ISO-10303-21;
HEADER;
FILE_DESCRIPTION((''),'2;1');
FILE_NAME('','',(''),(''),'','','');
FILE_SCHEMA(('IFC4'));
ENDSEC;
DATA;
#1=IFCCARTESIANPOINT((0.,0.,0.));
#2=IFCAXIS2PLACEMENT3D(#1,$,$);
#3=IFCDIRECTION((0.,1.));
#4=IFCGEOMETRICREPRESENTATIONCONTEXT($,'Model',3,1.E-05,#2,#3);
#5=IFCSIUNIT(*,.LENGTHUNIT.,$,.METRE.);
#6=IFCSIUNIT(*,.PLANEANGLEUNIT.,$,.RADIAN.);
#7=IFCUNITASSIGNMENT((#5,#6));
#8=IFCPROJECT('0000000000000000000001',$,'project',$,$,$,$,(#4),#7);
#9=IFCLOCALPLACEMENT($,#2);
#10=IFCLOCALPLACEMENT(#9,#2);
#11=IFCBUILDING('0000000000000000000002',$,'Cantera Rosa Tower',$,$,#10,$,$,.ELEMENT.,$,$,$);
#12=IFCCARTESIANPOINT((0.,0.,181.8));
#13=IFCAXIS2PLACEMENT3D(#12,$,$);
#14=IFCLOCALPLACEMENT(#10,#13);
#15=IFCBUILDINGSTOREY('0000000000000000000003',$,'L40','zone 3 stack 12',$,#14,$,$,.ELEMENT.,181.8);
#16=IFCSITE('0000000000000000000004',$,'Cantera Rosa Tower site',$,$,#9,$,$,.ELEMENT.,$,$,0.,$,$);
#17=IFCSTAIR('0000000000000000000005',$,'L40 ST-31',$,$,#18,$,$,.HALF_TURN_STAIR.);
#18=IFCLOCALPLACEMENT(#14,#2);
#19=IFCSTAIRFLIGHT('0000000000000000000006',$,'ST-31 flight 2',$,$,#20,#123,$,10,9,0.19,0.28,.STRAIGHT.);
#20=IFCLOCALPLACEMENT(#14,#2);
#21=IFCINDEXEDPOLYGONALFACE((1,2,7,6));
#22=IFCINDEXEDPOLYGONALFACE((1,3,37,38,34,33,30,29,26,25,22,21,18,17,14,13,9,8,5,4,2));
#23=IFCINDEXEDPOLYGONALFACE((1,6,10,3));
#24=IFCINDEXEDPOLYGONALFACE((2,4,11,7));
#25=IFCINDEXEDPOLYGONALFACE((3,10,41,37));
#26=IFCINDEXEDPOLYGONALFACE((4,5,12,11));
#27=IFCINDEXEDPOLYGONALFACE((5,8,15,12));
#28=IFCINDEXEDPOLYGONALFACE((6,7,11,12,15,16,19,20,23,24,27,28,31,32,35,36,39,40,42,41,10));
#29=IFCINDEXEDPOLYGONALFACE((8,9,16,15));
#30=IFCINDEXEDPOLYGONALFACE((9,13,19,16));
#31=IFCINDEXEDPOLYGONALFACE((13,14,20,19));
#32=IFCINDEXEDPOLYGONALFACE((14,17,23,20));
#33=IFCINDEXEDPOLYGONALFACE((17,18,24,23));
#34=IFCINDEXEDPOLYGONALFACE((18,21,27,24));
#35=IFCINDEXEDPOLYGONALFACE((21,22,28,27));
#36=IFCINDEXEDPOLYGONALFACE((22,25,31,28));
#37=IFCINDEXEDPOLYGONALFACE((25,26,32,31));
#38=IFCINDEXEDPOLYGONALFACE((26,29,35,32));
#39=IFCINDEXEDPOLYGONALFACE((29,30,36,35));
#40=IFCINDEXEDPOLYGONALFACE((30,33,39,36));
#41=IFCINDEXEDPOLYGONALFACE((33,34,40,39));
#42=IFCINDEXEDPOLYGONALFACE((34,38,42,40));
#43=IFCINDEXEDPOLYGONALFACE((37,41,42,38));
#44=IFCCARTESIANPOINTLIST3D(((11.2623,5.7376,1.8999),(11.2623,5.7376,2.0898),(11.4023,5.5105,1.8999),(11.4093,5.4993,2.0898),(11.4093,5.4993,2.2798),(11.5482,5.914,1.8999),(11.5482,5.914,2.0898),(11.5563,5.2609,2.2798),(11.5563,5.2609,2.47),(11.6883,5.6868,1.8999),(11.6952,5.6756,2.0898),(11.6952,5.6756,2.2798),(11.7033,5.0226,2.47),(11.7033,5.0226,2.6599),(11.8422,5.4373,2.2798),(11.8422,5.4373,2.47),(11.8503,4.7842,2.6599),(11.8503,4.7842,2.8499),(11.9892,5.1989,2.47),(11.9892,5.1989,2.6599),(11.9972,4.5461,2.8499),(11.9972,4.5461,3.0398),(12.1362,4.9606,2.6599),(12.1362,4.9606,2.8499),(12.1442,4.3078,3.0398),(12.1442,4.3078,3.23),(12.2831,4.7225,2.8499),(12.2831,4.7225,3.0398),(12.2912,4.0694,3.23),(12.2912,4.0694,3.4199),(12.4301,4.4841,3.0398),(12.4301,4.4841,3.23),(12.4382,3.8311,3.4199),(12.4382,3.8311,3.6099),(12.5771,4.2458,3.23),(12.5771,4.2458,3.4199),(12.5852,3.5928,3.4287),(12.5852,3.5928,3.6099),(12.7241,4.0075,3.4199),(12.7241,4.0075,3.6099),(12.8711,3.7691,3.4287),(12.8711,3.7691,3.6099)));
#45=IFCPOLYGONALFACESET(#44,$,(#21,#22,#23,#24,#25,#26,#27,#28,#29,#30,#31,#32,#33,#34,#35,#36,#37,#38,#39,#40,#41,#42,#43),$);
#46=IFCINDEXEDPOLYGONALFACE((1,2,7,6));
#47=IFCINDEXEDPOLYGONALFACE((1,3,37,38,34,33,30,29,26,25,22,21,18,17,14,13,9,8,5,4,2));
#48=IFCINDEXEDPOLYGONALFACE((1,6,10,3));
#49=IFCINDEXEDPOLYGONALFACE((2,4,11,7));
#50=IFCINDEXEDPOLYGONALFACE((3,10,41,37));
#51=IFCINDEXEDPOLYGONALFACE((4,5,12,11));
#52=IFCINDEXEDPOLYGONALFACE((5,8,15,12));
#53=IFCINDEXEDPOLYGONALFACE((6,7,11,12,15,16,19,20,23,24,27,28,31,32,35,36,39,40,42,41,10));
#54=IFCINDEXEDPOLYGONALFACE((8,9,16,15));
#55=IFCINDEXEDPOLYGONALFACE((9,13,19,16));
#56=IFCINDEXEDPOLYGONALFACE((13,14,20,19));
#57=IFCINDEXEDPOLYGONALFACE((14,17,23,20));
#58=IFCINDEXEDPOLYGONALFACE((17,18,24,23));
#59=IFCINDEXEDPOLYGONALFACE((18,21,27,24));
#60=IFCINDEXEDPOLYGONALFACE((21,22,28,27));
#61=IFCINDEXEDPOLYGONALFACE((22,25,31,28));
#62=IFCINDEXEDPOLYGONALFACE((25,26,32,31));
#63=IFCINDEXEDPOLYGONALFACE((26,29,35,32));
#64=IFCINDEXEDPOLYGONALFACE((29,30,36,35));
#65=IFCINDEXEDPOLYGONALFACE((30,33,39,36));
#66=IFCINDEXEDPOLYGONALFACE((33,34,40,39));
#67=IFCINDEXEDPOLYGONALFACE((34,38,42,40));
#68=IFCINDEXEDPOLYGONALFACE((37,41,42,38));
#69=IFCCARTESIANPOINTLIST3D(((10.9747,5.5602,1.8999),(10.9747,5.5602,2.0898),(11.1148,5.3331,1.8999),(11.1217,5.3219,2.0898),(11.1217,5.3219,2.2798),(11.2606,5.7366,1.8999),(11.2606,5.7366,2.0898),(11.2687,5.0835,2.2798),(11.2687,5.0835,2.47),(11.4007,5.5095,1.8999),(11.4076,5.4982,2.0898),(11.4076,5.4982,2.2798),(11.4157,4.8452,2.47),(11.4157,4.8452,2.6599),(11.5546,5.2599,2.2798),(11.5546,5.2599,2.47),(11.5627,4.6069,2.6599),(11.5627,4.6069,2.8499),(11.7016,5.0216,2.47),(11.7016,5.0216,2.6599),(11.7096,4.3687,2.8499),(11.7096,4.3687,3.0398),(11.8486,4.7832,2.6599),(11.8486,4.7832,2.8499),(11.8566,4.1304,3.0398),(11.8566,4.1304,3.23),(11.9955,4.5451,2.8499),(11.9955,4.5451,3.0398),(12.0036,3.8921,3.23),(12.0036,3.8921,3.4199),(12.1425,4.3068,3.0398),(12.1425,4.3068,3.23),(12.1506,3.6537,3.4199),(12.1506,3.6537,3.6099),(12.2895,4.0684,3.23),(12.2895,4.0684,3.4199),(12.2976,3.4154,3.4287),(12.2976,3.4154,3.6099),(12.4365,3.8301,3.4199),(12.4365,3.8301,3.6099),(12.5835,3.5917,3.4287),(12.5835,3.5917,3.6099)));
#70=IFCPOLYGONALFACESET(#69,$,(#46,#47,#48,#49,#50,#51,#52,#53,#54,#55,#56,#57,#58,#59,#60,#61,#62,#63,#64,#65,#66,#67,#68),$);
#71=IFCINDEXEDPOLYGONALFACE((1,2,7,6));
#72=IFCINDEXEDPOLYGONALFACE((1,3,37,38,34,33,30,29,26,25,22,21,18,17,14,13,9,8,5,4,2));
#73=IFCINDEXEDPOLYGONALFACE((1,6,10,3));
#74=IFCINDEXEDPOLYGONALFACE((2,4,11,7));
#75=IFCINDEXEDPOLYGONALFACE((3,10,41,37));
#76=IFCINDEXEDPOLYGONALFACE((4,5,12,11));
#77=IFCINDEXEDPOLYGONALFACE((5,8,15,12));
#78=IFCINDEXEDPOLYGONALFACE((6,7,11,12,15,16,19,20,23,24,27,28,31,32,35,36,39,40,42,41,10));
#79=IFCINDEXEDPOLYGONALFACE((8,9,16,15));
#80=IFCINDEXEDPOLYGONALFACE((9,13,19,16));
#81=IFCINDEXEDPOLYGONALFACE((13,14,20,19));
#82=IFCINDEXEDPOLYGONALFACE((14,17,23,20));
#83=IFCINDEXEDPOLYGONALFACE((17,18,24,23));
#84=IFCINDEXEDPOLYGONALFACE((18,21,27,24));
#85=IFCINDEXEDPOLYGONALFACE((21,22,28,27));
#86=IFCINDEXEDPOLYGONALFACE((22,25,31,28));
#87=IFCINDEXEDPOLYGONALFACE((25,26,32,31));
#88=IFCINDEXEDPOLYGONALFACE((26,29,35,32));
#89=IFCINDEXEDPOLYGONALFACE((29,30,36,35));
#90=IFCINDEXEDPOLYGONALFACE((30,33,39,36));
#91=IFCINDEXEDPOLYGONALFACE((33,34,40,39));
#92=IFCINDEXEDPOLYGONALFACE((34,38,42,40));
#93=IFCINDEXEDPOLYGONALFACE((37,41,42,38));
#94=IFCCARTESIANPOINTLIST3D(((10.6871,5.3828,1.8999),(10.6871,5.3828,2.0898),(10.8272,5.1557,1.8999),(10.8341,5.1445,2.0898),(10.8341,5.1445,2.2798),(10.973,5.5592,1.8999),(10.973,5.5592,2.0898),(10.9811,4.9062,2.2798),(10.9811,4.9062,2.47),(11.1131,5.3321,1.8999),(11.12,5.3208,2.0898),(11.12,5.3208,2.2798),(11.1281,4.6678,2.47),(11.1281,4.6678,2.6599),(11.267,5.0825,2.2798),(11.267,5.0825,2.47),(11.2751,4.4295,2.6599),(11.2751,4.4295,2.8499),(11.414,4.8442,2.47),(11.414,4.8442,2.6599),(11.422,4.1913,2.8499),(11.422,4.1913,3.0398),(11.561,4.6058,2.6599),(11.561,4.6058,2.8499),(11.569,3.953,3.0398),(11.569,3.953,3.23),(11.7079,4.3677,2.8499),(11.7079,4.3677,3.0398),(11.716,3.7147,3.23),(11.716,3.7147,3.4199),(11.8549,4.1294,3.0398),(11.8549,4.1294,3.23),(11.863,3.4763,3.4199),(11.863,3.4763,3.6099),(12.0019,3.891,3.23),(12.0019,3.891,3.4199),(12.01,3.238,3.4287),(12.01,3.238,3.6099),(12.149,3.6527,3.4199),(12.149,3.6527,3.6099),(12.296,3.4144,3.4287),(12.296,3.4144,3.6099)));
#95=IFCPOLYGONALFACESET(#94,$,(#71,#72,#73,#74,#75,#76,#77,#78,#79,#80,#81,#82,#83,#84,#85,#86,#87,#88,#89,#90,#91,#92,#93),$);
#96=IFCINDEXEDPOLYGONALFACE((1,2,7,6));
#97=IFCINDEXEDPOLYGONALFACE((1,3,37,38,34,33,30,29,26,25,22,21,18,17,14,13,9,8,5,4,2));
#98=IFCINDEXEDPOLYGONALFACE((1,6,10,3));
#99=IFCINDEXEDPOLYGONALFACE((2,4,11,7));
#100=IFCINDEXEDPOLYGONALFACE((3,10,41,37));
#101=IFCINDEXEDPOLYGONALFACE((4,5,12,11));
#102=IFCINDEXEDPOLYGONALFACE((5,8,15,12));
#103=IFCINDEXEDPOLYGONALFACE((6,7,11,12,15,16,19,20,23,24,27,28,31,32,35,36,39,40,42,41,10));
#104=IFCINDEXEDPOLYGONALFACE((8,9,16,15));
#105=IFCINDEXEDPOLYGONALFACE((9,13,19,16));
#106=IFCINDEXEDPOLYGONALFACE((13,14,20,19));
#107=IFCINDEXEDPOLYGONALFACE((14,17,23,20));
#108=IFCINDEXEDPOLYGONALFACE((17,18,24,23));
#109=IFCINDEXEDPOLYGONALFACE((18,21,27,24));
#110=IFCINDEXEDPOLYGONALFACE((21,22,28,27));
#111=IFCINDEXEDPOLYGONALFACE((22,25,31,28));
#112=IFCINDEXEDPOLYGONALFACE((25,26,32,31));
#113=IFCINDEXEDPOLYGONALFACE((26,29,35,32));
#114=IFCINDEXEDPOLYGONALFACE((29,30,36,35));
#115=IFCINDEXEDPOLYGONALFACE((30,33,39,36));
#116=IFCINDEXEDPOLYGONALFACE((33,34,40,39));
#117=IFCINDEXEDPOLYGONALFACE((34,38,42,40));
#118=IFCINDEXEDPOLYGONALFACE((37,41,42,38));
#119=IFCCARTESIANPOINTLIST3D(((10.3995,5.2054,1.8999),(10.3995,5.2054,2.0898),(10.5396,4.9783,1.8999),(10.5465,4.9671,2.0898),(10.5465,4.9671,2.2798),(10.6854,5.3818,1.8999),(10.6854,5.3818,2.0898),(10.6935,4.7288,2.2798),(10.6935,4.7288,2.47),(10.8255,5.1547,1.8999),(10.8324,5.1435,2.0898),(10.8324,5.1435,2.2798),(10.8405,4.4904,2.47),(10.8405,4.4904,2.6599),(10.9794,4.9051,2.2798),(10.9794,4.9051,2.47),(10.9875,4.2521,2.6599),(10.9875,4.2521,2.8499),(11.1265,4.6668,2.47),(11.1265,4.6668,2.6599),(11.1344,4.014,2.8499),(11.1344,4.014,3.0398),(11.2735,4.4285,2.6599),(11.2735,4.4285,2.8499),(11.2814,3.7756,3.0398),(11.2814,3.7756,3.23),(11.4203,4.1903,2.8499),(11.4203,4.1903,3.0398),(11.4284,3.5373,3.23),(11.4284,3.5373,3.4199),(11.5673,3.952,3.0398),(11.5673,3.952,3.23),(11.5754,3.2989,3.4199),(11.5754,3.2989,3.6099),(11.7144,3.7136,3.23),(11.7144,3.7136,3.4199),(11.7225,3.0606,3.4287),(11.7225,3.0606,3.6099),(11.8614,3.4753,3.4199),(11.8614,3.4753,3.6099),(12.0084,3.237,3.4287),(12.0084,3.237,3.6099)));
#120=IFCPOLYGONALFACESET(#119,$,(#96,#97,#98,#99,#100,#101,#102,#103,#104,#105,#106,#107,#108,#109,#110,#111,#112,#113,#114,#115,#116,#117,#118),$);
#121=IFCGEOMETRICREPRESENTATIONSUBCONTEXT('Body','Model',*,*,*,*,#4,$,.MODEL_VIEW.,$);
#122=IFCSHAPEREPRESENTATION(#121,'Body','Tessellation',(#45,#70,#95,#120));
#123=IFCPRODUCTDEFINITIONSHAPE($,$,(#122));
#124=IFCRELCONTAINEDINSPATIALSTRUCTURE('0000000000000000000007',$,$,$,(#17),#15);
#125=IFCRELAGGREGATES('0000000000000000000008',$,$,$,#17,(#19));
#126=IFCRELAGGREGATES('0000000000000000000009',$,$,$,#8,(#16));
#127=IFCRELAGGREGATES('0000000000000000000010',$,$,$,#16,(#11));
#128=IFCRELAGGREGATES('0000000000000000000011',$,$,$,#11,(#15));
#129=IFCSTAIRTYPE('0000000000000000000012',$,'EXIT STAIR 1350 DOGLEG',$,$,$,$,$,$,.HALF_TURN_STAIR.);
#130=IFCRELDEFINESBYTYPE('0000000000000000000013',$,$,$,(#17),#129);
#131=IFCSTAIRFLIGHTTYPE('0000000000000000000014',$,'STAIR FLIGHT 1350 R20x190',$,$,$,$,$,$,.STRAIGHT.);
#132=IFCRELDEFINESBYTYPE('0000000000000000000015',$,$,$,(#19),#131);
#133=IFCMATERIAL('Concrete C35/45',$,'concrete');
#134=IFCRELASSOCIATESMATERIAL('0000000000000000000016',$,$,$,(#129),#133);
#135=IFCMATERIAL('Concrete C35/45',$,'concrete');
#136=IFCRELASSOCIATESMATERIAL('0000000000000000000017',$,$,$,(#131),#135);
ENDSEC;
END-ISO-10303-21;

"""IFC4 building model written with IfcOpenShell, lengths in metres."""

from ifc_helpers import new_model, si_unit, direction, frame, origin, place, context, subcontext, project, spatial, polyline, outline, extrude, material, type_object, element, aggregate, save


model = new_model("IFC4")

# Units and contexts
model_context = context("Model", 3, precision=1e-05, world=origin(), true_north=direction((0.0, 1.0)))
body_context = subcontext(model_context, "Body", "Model", "MODEL_VIEW")
ifc_project = project(units=[si_unit("LENGTHUNIT", "METRE"), si_unit("PLANEANGLEUNIT", "RADIAN")], contexts=[model_context])

# Site, building, storey
site_placement = place(None, origin())
site = spatial("IfcSite", under=ifc_project, at=site_placement, Name="Cantera Rosa Tower site", CompositionType="ELEMENT", RefElevation=0.0)
building_placement = place(site_placement, origin())
building = spatial("IfcBuilding", under=site, at=building_placement, Name="Cantera Rosa Tower", CompositionType="ELEMENT")
storey_placement = place(building_placement, frame((0.0, 0.0, 181.8)))
storey = spatial("IfcBuildingStorey", under=building, at=storey_placement, Name="L40", Description="zone 3 stack 12", CompositionType="ELEMENT", Elevation=181.8)

# Stair, stair flight
ifc_material_1 = material(Name="Concrete C35/45", Category="concrete")
stair_type = type_object("IfcStairType", Name="EXIT STAIR 1350 DOGLEG", PredefinedType="HALF_TURN_STAIR", material=ifc_material_1)
stair_placement = place(storey_placement, origin())
stair = element("IfcStair", 1, at=stair_placement, inside=storey, type_object=stair_type, Name="L40 ST-31", PredefinedType="HALF_TURN_STAIR")
ifc_material_2 = material(Name="Concrete C35/45", Category="concrete")
stair_flight_type = type_object("IfcStairFlightType", Name="STAIR FLIGHT 1350 R20x190", PredefinedType="STRAIGHT", material=ifc_material_2)
stair_flight_placement = place(storey_placement, frame((10.9736, 5.5596, 1.8999), z_axis=(0.0, 0.0, 1.0), x_axis=(0.524977, -0.851117, 0.0)))
stair_flight = element("IfcStairFlight", 2, at=stair_flight_placement, type_object=stair_flight_type, Name="ST-31 flight 2", NumberOfRisers=10, NumberOfTreads=9, PredefinedType="STRAIGHT", RiserHeight=0.19, TreadLength=0.28, context=body_context, shape_type="SweptSolid", body=[
    extrude(outline(polyline([(0.0, 0.0), (0.0, 0.1899), (0.28, 0.1899), (0.28, 0.3799), (0.5601, 0.3799), (0.5601, 0.5701), (0.8401, 0.5701), (0.8401, 0.76), (1.1201, 0.76), (1.1201, 0.95), (1.3999, 0.95), (1.3999, 1.1399), (1.6799, 1.1399), (1.6799, 1.3301), (1.96, 1.3301), (1.96, 1.52), (2.24, 1.52), (2.24, 1.71), (2.52, 1.71), (2.52, 1.8999), (2.52, 1.5288), (0.2668, 0.0), (0.0, 0.0)])), frame((0.0, 0.675, 0.0), z_axis=(0.0, -1.0, 0.0), x_axis=(1.0, 0.0, 0.0)), (0.0, 0.0, 1.0), 0.3359),
    extrude(outline(polyline([(0.0, 0.0), (0.0, 0.1899), (0.28, 0.1899), (0.28, 0.3799), (0.5601, 0.3799), (0.5601, 0.5701), (0.8401, 0.5701), (0.8401, 0.76), (1.1201, 0.76), (1.1201, 0.95), (1.3999, 0.95), (1.3999, 1.1399), (1.6799, 1.1399), (1.6799, 1.3301), (1.96, 1.3301), (1.96, 1.52), (2.24, 1.52), (2.24, 1.71), (2.52, 1.71), (2.52, 1.8999), (2.52, 1.5288), (0.2668, 0.0), (0.0, 0.0)])), frame((0.0, 0.3372, 0.0), z_axis=(0.0, -1.0, 0.0), x_axis=(1.0, 0.0, 0.0)), (0.0, 0.0, 1.0), 0.3359),
    extrude(outline(polyline([(0.0, 0.0), (0.0, 0.1899), (0.28, 0.1899), (0.28, 0.3799), (0.5601, 0.3799), (0.5601, 0.5701), (0.8401, 0.5701), (0.8401, 0.76), (1.1201, 0.76), (1.1201, 0.95), (1.3999, 0.95), (1.3999, 1.1399), (1.6799, 1.1399), (1.6799, 1.3301), (1.96, 1.3301), (1.96, 1.52), (2.24, 1.52), (2.24, 1.71), (2.52, 1.71), (2.52, 1.8999), (2.52, 1.5288), (0.2668, 0.0), (0.0, 0.0)])), frame((0.0, -0.0007, 0.0), z_axis=(0.0, -1.0, 0.0), x_axis=(1.0, 0.0, 0.0)), (0.0, 0.0, 1.0), 0.3359),
    extrude(outline(polyline([(0.0, 0.0), (0.0, 0.1899), (0.28, 0.1899), (0.28, 0.3799), (0.5601, 0.3799), (0.5601, 0.5701), (0.8401, 0.5701), (0.8401, 0.76), (1.1201, 0.76), (1.1201, 0.95), (1.3999, 0.95), (1.3999, 1.1399), (1.6799, 1.1399), (1.6799, 1.3301), (1.96, 1.3301), (1.96, 1.52), (2.24, 1.52), (2.24, 1.71), (2.52, 1.71), (2.52, 1.8999), (2.52, 1.5288), (0.2668, 0.0), (0.0, 0.0)])), frame((0.0, -0.3386, 0.0), z_axis=(0.0, -1.0, 0.0), x_axis=(1.0, 0.0, 0.0)), (0.0, 0.0, 1.0), 0.3359),
])
aggregate(stair, [stair_flight])

save(model, "model.ifc")
